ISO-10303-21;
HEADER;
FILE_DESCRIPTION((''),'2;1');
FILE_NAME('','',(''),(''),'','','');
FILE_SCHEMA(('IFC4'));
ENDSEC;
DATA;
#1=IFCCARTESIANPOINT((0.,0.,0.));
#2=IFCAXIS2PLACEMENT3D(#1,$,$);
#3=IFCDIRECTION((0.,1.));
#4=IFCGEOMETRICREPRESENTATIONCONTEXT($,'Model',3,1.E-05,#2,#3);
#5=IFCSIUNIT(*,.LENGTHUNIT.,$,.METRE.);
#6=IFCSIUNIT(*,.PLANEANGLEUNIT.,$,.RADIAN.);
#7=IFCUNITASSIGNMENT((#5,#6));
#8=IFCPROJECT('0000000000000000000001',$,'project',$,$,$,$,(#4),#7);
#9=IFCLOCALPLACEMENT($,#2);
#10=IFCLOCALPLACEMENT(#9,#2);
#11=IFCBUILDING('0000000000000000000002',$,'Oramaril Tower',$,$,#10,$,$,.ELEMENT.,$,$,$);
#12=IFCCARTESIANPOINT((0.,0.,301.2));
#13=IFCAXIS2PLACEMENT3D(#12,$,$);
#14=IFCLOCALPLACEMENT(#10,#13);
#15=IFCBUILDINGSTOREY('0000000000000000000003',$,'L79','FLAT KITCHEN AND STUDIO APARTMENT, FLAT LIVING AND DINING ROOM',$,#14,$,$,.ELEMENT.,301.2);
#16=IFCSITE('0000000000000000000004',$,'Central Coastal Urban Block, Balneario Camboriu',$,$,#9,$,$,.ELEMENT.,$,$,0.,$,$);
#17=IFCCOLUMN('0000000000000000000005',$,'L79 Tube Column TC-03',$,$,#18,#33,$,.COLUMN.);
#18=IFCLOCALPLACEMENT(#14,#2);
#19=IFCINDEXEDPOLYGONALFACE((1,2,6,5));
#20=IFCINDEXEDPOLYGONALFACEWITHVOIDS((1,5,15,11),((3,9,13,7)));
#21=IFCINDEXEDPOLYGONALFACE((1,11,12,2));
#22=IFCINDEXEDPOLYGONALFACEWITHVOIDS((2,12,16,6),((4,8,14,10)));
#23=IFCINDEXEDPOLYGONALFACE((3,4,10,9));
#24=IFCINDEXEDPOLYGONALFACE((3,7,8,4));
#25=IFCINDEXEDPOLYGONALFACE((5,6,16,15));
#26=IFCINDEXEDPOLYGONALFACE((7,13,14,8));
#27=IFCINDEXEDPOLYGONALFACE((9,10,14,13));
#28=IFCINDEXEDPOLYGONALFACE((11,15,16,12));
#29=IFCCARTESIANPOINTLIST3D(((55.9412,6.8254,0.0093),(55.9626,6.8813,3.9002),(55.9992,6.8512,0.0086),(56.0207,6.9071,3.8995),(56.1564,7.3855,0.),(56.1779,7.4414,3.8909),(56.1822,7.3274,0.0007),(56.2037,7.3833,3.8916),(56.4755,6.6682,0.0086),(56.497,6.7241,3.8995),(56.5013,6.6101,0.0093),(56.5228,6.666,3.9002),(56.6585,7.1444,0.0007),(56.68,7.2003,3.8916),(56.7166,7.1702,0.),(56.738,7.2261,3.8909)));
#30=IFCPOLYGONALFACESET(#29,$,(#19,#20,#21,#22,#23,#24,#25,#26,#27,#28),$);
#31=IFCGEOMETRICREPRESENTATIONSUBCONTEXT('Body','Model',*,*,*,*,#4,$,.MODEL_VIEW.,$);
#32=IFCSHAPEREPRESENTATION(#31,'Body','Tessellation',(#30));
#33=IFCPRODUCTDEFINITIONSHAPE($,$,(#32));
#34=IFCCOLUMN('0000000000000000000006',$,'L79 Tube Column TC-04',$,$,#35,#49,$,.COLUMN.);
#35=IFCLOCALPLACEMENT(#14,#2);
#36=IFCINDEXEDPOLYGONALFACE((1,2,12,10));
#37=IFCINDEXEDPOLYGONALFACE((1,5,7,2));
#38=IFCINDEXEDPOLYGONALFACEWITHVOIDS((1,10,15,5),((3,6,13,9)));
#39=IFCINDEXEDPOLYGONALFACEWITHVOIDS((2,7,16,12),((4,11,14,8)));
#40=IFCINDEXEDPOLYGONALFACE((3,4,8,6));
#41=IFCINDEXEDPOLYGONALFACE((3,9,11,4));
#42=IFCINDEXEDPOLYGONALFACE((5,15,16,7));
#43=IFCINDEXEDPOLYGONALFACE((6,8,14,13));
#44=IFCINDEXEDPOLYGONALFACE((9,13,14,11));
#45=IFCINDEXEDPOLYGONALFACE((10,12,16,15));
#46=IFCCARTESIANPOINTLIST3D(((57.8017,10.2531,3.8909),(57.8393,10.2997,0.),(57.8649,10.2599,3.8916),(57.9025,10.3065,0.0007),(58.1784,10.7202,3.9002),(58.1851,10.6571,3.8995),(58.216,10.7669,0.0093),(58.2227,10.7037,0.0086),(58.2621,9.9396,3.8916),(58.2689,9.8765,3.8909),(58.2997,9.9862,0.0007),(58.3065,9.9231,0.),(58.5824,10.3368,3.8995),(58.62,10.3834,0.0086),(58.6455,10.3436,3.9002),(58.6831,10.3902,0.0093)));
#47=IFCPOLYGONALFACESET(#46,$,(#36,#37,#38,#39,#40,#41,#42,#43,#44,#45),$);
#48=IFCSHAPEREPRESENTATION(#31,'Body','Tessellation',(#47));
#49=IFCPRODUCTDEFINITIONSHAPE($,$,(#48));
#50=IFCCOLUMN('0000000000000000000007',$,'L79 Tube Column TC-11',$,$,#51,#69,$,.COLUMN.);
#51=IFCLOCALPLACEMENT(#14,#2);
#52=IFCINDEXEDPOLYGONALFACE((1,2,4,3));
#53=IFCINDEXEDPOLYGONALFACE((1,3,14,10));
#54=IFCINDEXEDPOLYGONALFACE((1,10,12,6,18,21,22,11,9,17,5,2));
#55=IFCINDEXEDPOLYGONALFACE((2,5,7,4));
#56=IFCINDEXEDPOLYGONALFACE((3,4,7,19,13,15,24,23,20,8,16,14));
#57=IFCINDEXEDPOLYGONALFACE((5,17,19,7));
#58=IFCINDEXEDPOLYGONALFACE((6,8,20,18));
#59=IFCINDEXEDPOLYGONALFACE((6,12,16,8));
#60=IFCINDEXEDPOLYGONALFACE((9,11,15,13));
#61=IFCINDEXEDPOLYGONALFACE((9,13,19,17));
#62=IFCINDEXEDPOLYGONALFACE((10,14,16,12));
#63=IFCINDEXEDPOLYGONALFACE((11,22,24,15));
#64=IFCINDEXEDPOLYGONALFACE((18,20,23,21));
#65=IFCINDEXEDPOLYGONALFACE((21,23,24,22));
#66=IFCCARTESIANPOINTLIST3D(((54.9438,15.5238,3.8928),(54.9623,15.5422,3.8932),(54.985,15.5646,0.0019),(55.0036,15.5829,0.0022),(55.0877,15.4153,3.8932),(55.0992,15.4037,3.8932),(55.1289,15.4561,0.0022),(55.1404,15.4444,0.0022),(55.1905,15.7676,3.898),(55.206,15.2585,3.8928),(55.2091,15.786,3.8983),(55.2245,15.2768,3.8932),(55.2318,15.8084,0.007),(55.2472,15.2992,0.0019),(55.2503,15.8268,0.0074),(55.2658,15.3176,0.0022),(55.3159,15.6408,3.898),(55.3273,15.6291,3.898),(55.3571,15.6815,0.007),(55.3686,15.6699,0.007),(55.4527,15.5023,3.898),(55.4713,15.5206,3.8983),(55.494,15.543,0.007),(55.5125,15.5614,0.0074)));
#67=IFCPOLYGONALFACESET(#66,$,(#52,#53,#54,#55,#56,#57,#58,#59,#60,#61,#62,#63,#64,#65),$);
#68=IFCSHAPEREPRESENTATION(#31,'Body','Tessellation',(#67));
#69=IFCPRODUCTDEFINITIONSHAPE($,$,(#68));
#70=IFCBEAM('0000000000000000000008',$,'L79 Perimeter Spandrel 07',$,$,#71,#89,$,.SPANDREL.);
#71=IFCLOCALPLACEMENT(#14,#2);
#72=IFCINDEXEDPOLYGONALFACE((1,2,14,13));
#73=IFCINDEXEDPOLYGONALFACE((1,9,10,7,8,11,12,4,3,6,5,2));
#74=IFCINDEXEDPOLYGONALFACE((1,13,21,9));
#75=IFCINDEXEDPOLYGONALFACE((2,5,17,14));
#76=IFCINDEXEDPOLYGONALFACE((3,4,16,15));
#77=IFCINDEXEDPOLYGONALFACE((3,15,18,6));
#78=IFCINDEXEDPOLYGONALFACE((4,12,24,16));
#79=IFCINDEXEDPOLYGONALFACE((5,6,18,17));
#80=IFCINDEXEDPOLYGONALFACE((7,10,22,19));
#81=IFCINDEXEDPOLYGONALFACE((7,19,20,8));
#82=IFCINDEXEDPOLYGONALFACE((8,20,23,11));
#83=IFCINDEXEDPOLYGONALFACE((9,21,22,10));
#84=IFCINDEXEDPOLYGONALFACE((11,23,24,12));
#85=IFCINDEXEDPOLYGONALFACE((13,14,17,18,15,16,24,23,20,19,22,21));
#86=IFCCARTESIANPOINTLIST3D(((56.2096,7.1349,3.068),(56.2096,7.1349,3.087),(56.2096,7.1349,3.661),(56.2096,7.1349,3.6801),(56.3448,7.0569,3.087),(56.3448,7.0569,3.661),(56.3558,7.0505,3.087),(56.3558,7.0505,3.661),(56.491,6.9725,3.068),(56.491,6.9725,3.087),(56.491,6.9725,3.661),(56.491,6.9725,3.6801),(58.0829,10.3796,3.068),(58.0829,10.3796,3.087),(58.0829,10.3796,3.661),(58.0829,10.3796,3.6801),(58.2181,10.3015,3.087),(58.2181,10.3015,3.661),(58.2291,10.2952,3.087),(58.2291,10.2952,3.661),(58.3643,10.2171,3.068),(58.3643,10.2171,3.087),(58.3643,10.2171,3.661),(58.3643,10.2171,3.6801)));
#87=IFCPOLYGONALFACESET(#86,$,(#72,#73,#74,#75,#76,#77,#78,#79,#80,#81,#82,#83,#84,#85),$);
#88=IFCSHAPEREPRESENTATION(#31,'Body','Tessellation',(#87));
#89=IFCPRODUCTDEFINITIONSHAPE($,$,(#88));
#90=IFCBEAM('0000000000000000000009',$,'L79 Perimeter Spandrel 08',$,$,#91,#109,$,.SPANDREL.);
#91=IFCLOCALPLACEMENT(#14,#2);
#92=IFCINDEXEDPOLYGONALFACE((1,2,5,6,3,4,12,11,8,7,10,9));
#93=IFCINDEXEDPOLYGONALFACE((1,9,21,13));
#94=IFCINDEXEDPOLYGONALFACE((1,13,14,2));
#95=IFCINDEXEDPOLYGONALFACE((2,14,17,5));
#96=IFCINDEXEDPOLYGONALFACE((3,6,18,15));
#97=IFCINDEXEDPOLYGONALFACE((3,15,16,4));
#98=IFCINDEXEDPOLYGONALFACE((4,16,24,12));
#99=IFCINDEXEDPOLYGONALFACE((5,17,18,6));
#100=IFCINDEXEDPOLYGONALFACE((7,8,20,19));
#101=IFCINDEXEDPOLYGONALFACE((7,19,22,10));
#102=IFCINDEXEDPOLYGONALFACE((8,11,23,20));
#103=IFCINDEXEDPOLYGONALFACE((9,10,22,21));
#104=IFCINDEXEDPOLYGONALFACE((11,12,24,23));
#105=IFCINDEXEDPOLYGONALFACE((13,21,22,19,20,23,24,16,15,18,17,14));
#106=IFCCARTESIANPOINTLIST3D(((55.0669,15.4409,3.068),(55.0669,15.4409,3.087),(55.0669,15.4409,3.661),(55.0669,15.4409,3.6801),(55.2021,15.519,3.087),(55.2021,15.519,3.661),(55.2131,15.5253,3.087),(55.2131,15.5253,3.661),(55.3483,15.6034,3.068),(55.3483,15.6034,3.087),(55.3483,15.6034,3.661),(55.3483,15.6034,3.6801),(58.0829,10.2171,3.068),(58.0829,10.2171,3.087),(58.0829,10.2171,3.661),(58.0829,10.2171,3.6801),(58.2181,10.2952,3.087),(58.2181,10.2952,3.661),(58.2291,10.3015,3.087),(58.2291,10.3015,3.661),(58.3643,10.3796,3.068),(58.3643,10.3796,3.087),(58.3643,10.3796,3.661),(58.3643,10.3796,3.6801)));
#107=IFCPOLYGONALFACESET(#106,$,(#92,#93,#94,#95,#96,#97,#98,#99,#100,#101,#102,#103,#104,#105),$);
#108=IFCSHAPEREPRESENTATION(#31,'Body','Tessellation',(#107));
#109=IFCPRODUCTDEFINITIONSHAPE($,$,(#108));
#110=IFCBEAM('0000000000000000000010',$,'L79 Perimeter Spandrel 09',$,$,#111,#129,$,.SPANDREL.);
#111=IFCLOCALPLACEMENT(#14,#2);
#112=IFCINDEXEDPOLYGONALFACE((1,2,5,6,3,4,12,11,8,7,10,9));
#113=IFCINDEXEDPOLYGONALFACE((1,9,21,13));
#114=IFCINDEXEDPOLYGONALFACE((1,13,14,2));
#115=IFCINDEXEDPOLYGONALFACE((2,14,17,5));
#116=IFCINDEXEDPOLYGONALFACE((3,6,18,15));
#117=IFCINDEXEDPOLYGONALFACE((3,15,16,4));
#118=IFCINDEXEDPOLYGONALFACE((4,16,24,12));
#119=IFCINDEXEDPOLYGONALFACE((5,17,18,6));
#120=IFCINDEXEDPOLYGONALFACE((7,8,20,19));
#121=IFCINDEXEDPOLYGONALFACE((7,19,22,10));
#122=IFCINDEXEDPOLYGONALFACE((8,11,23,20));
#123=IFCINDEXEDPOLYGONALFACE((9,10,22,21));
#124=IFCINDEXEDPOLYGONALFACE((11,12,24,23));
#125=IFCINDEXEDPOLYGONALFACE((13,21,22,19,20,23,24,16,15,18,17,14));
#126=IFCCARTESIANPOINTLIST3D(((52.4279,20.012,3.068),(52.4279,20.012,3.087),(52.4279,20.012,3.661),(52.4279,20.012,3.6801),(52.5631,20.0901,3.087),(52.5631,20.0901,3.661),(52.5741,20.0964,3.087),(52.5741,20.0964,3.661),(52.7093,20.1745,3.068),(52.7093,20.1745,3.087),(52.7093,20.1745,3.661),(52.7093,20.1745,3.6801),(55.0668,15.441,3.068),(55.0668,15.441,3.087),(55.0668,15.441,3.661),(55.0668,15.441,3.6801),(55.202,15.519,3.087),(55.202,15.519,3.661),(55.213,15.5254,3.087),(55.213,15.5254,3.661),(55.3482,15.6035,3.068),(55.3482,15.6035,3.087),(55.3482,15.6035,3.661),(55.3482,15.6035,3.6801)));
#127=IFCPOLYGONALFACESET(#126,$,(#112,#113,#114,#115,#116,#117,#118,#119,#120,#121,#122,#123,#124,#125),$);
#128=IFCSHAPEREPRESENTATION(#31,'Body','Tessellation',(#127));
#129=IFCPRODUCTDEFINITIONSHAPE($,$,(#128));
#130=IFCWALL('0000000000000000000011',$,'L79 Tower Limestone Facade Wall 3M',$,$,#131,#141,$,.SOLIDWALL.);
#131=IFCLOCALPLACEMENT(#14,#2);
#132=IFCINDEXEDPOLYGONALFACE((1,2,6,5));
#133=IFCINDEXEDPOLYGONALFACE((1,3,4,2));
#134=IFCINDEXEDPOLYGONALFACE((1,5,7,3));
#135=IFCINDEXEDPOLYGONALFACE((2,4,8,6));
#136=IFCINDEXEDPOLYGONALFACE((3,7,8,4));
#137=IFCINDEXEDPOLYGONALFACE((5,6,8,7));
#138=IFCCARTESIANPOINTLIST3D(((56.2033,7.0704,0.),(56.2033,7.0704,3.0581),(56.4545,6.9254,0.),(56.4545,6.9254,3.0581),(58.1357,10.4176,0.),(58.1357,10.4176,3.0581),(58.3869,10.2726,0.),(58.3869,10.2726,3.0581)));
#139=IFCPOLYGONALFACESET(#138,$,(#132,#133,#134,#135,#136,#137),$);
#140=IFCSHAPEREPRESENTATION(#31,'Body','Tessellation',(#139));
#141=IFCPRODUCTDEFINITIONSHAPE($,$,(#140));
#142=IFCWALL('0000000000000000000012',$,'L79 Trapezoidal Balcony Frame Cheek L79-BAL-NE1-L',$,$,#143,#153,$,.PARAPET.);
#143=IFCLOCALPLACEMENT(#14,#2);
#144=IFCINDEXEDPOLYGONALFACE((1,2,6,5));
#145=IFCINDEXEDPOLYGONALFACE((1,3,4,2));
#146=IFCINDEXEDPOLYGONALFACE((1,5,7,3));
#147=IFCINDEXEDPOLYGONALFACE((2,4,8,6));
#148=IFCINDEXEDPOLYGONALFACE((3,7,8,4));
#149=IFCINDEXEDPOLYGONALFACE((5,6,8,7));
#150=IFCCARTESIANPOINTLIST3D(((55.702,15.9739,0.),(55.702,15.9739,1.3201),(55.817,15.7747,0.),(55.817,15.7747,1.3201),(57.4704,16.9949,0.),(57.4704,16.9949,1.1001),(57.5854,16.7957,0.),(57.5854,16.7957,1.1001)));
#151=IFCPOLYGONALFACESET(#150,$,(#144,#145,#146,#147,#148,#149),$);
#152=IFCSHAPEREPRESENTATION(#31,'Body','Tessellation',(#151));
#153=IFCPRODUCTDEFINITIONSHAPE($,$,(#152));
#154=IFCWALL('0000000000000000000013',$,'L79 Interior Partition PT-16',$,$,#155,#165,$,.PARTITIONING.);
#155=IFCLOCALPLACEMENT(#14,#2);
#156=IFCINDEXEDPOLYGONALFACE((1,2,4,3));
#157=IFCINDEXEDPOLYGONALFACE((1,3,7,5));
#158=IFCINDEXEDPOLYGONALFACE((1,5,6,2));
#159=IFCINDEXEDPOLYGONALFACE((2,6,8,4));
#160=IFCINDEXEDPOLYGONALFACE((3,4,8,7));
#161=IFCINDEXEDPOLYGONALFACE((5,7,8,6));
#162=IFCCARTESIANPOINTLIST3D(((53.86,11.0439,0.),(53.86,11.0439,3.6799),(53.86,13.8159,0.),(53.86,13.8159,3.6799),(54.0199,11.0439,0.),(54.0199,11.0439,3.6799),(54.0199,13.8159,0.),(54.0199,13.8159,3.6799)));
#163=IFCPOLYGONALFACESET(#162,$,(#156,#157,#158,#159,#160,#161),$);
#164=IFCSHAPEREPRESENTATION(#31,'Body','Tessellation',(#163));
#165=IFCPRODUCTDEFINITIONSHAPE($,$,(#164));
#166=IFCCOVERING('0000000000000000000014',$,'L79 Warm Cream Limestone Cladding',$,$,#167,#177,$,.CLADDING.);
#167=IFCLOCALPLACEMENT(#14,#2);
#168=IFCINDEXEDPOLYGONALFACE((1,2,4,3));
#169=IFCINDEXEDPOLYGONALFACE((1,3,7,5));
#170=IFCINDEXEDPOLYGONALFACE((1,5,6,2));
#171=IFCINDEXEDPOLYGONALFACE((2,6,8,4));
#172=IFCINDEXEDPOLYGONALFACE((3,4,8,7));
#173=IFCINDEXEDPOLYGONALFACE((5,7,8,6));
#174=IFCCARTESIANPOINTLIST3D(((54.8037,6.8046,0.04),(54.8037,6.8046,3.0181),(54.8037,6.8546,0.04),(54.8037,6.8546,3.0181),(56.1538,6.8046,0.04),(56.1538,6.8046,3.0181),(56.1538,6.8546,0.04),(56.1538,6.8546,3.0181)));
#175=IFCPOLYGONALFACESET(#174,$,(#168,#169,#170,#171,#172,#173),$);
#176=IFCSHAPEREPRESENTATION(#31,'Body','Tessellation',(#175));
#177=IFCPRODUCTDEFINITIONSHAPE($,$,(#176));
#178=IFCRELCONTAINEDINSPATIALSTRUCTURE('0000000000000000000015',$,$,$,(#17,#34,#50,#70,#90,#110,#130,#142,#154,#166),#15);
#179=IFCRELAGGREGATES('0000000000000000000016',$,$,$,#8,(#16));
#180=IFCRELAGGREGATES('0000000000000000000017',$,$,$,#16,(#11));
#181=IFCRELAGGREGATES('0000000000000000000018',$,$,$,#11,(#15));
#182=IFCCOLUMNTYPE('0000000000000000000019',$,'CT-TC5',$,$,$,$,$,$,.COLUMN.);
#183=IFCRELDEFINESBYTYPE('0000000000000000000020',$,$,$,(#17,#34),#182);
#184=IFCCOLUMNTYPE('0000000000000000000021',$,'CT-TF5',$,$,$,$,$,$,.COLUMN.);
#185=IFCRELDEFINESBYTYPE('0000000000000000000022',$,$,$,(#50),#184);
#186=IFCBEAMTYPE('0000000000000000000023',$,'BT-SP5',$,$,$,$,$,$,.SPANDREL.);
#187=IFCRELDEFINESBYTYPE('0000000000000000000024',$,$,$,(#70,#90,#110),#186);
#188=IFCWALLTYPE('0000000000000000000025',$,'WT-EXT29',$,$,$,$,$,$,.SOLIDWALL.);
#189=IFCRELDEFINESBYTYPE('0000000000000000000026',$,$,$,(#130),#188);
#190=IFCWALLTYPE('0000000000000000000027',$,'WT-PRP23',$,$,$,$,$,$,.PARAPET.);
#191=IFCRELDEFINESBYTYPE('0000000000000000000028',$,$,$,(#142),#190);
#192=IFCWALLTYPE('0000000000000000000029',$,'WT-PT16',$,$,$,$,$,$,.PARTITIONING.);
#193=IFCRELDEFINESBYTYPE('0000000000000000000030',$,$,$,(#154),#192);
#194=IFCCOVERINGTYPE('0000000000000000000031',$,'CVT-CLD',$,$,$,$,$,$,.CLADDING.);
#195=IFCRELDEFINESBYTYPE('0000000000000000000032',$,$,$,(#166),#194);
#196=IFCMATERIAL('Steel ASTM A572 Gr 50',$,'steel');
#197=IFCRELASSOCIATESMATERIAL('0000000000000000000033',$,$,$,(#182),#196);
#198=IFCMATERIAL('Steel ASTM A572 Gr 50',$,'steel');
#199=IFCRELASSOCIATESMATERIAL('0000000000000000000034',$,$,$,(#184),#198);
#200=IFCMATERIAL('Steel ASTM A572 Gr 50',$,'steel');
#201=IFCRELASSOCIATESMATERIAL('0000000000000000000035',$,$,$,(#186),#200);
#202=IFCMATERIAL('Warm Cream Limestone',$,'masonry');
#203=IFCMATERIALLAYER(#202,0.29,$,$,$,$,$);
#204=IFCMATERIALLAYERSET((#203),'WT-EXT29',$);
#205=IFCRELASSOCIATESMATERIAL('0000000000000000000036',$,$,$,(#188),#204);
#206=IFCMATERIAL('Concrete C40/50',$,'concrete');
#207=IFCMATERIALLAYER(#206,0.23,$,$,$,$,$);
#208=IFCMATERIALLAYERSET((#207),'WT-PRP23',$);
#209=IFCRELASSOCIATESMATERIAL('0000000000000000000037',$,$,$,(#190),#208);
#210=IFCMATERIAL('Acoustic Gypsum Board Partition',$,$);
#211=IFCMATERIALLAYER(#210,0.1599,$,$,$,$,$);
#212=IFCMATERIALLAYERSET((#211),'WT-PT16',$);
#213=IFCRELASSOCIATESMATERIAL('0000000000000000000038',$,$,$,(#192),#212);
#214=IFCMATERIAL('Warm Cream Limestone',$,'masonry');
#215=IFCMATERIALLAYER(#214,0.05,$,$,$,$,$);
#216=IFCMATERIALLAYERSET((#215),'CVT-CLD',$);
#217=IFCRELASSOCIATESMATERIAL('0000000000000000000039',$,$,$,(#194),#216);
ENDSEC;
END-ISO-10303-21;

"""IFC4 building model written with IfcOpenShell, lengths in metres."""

from ifc_helpers import new_model, si_unit, direction, frame, frame_2d, origin, origin_2d, place, context, subcontext, project, spatial, polyline, rectangle, hollow_rectangle, i_section, outline, extrude, material, layer, layer_set, material_profile, profile_set, type_object, element, save


model = new_model("IFC4")

# Units and contexts
model_context = context("Model", 3, precision=1e-05, world=origin(), true_north=direction((0.0, 1.0)))
body_context = subcontext(model_context, "Body", "Model", "MODEL_VIEW")
ifc_project = project(units=[si_unit("LENGTHUNIT", "METRE"), si_unit("PLANEANGLEUNIT", "RADIAN")], contexts=[model_context])

# Site, building, storey
site_placement = place(None, origin())
site = spatial("IfcSite", under=ifc_project, at=site_placement, Name="Central Coastal Urban Block, Balneario Camboriu", CompositionType="ELEMENT", RefElevation=0.0)
building_placement = place(site_placement, origin())
building = spatial("IfcBuilding", under=site, at=building_placement, Name="Oramaril Tower", CompositionType="ELEMENT")
storey_placement = place(building_placement, frame((0.0, 0.0, 301.2)))
storey = spatial("IfcBuildingStorey", under=building, at=storey_placement, Name="L79", Description="FLAT KITCHEN AND STUDIO APARTMENT, FLAT LIVING AND DINING ROOM", CompositionType="ELEMENT", Elevation=301.2)

# Columns
ifc_material_1 = material(Name="Steel ASTM A572 Gr 50", Category="steel")
ifc_material_profile_1 = material_profile(ifc_material_1, hollow_rectangle(XDim=0.6001, YDim=0.6001, WallThickness=0.0449, at=origin_2d()), Name="BOX600X600X45")
ifc_profile_set_1 = profile_set([ifc_material_profile_1], Name="Steel ASTM A572 Gr 50")
column_type_1 = type_object("IfcColumnType", Name="CT-TC5", PredefinedType="COLUMN", material=ifc_profile_set_1)
for number, where, z_axis, x_axis, name in (
    (1, (56.3289, 6.9978, 0.0046), (0.005521, 0.014367, 0.999882), (-0.933451, 0.358706, 0.0), "L79 Tube Column TC-03"),
    (2, (58.2612, 10.345, 0.0046), (-0.009662, -0.011983, 0.999882), (0.778477, -0.627673, 0.0), "L79 Tube Column TC-04"),
):
    element("IfcColumn", number, at=place(storey_placement, frame(where, z_axis=z_axis, x_axis=x_axis)), inside=storey, type_object=column_type_1, Name=name, PredefinedType="COLUMN", context=body_context, shape_type="SweptSolid", body=[
        extrude(hollow_rectangle(XDim=0.6001, YDim=0.6001, WallThickness=0.0449, at=origin_2d()), origin(), (0.0, 0.0, 1.0), 3.8914),
    ])
ifc_material_2 = material(Name="Steel ASTM A572 Gr 50", Category="steel")
ifc_material_profile_2 = material_profile(ifc_material_2, i_section(OverallWidth=0.373, OverallDepth=0.373, WebThickness=0.0164, FlangeThickness=0.0261, at=origin_2d()), Name="W14X132")
ifc_profile_set_2 = profile_set([ifc_material_profile_2], Name="Steel ASTM A572 Gr 50")
column_type_2 = type_object("IfcColumnType", Name="CT-TF5", PredefinedType="COLUMN", material=ifc_profile_set_2)
column_placement = place(storey_placement, frame((55.2488, 15.563, 0.0046), z_axis=(-0.010603, -0.010478, 0.999889), x_axis=(0.702885, -0.711303, 0.0)))
element("IfcColumn", 3, at=column_placement, inside=storey, type_object=column_type_2, Name="L79 Tube Column TC-11", PredefinedType="COLUMN", context=body_context, shape_type="SweptSolid", body=[
    extrude(i_section(OverallWidth=0.373, OverallDepth=0.373, WebThickness=0.0164, FlangeThickness=0.0261, at=origin_2d()), origin(), (0.0, 0.0, 1.0), 3.8914),
])

# Beams
ifc_material_3 = material(Name="Steel ASTM A572 Gr 50", Category="steel")
ifc_material_profile_3 = material_profile(ifc_material_3, i_section(OverallWidth=0.325, OverallDepth=0.6121, WebThickness=0.0127, FlangeThickness=0.019, at=origin_2d()), Name="W24X104")
ifc_profile_set_3 = profile_set([ifc_material_profile_3], Name="Steel ASTM A572 Gr 50")
beam_type = type_object("IfcBeamType", Name="BT-SP5", PredefinedType="SPANDREL", material=ifc_profile_set_3)
beam_1_placement = place(storey_placement, frame((56.3503, 7.0537, 3.374), z_axis=(0.500001, 0.866025, 0.0), x_axis=(-0.866025, 0.500001, 0.0)))
element("IfcBeam", 4, at=beam_1_placement, inside=storey, type_object=beam_type, Name="L79 Perimeter Spandrel 07", PredefinedType="SPANDREL", context=body_context, shape_type="SweptSolid", body=[
    extrude(i_section(OverallWidth=0.325, OverallDepth=0.6121, WebThickness=0.0127, FlangeThickness=0.019, at=origin_2d()), origin(), (0.0, 0.0, 1.0), 3.7466),
])
beam_2_placement = place(storey_placement, frame((58.2236, 10.2983, 3.374), z_axis=(-0.500013, 0.866018, 0.0), x_axis=(-0.866018, -0.500013, 0.0)))
element("IfcBeam", 5, at=beam_2_placement, inside=storey, type_object=beam_type, Name="L79 Perimeter Spandrel 08", PredefinedType="SPANDREL", context=body_context, shape_type="SweptSolid", body=[
    extrude(i_section(OverallWidth=0.325, OverallDepth=0.6121, WebThickness=0.0127, FlangeThickness=0.019, at=origin_2d()), origin(), (0.0, 0.0, 1.0), 6.032),
])
beam_3_placement = place(storey_placement, frame((55.2075, 15.5222, 3.374), z_axis=(-0.499975, 0.86604, 0.0), x_axis=(-0.86604, -0.499975, 0.0)))
element("IfcBeam", 6, at=beam_3_placement, inside=storey, type_object=beam_type, Name="L79 Perimeter Spandrel 09", PredefinedType="SPANDREL", context=body_context, shape_type="SweptSolid", body=[
    extrude(i_section(OverallWidth=0.325, OverallDepth=0.6121, WebThickness=0.0127, FlangeThickness=0.019, at=origin_2d()), origin(), (0.0, 0.0, 1.0), 5.2781),
])

# Wall
ifc_material_4 = material(Name="Warm Cream Limestone", Category="masonry")
ifc_layer_1 = layer(ifc_material_4, 0.29)
ifc_layer_set_1 = layer_set([ifc_layer_1], Name="WT-EXT29")
wall_type_1 = type_object("IfcWallType", Name="WT-EXT29", PredefinedType="SOLIDWALL", material=ifc_layer_set_1)
wall_1_placement = place(storey_placement, frame((56.3289, 6.9978, 0.0), z_axis=(0.0, 0.0, 1.0), x_axis=(0.499978, 0.866038, 0.0)))
element("IfcWall", 7, at=wall_1_placement, inside=storey, type_object=wall_type_1, Name="L79 Tower Limestone Facade Wall 3M", PredefinedType="SOLIDWALL", context=body_context, shape_type="SweptSolid", body=[
    extrude(rectangle(XDim=3.865, YDim=0.29, at=frame_2d((1.9326, 0.0))), origin(), (0.0, 0.0, 1.0), 3.0581),
])

# Walls
ifc_material_5 = material(Name="Concrete C40/50", Category="concrete")
ifc_layer_2 = layer(ifc_material_5, 0.23)
ifc_layer_set_2 = layer_set([ifc_layer_2], Name="WT-PRP23")
wall_type_2 = type_object("IfcWallType", Name="WT-PRP23", PredefinedType="PARAPET", material=ifc_layer_set_2)
wall_2_placement = place(storey_placement, frame((55.7595, 15.8743, 0.0), z_axis=(0.0, 0.0, 1.0), x_axis=(0.866012, 0.500023, 0.0)))
element("IfcWall", 8, at=wall_2_placement, inside=storey, type_object=wall_type_2, Name="L79 Trapezoidal Balcony Frame Cheek L79-BAL-NE1-L", PredefinedType="PARAPET", context=body_context, shape_type="SweptSolid", body=[
    extrude(outline(polyline([(0.0, 0.0), (2.042, 0.0), (2.042, 1.1001), (0.0, 1.3201), (0.0, 0.0)])), frame((0.0, 0.115, 0.0), z_axis=(0.0, -1.0, 0.0), x_axis=(1.0, 0.0, 0.0)), (0.0, 0.0, 1.0), 0.23),
])
ifc_material_6 = material(Name="Acoustic Gypsum Board Partition")
ifc_layer_3 = layer(ifc_material_6, 0.1599)
ifc_layer_set_3 = layer_set([ifc_layer_3], Name="WT-PT16")
wall_type_3 = type_object("IfcWallType", Name="WT-PT16", PredefinedType="PARTITIONING", material=ifc_layer_set_3)
wall_3_placement = place(storey_placement, frame((53.9399, 11.0439, 0.0), z_axis=(0.0, 0.0, 1.0), x_axis=(0.0, 1.0, 0.0)))
element("IfcWall", 9, at=wall_3_placement, inside=storey, type_object=wall_type_3, Name="L79 Interior Partition PT-16", PredefinedType="PARTITIONING", context=body_context, shape_type="SweptSolid", body=[
    extrude(rectangle(XDim=2.772, YDim=0.1599, at=frame_2d((1.386, 0.0))), origin(), (0.0, 0.0, 1.0), 3.6799),
])

# Covering
ifc_material_7 = material(Name="Warm Cream Limestone", Category="masonry")
ifc_layer_4 = layer(ifc_material_7, 0.05)
ifc_layer_set_4 = layer_set([ifc_layer_4], Name="CVT-CLD")
covering_type = type_object("IfcCoveringType", Name="CVT-CLD", PredefinedType="CLADDING", material=ifc_layer_set_4)
covering_1_placement = place(storey_placement, frame((55.4788, 6.8296, 0.04), z_axis=(0.0, 0.0, 1.0), x_axis=(1.0, 0.0, 0.0)))
element("IfcCovering", 10, at=covering_1_placement, inside=storey, type_object=covering_type, Name="L79 Warm Cream Limestone Cladding", PredefinedType="CLADDING", context=body_context, shape_type="SweptSolid", body=[
    extrude(rectangle(XDim=1.3501, YDim=0.05, at=origin_2d()), origin(), (0.0, 0.0, 1.0), 2.978),
])

save(model, "model.ifc")
